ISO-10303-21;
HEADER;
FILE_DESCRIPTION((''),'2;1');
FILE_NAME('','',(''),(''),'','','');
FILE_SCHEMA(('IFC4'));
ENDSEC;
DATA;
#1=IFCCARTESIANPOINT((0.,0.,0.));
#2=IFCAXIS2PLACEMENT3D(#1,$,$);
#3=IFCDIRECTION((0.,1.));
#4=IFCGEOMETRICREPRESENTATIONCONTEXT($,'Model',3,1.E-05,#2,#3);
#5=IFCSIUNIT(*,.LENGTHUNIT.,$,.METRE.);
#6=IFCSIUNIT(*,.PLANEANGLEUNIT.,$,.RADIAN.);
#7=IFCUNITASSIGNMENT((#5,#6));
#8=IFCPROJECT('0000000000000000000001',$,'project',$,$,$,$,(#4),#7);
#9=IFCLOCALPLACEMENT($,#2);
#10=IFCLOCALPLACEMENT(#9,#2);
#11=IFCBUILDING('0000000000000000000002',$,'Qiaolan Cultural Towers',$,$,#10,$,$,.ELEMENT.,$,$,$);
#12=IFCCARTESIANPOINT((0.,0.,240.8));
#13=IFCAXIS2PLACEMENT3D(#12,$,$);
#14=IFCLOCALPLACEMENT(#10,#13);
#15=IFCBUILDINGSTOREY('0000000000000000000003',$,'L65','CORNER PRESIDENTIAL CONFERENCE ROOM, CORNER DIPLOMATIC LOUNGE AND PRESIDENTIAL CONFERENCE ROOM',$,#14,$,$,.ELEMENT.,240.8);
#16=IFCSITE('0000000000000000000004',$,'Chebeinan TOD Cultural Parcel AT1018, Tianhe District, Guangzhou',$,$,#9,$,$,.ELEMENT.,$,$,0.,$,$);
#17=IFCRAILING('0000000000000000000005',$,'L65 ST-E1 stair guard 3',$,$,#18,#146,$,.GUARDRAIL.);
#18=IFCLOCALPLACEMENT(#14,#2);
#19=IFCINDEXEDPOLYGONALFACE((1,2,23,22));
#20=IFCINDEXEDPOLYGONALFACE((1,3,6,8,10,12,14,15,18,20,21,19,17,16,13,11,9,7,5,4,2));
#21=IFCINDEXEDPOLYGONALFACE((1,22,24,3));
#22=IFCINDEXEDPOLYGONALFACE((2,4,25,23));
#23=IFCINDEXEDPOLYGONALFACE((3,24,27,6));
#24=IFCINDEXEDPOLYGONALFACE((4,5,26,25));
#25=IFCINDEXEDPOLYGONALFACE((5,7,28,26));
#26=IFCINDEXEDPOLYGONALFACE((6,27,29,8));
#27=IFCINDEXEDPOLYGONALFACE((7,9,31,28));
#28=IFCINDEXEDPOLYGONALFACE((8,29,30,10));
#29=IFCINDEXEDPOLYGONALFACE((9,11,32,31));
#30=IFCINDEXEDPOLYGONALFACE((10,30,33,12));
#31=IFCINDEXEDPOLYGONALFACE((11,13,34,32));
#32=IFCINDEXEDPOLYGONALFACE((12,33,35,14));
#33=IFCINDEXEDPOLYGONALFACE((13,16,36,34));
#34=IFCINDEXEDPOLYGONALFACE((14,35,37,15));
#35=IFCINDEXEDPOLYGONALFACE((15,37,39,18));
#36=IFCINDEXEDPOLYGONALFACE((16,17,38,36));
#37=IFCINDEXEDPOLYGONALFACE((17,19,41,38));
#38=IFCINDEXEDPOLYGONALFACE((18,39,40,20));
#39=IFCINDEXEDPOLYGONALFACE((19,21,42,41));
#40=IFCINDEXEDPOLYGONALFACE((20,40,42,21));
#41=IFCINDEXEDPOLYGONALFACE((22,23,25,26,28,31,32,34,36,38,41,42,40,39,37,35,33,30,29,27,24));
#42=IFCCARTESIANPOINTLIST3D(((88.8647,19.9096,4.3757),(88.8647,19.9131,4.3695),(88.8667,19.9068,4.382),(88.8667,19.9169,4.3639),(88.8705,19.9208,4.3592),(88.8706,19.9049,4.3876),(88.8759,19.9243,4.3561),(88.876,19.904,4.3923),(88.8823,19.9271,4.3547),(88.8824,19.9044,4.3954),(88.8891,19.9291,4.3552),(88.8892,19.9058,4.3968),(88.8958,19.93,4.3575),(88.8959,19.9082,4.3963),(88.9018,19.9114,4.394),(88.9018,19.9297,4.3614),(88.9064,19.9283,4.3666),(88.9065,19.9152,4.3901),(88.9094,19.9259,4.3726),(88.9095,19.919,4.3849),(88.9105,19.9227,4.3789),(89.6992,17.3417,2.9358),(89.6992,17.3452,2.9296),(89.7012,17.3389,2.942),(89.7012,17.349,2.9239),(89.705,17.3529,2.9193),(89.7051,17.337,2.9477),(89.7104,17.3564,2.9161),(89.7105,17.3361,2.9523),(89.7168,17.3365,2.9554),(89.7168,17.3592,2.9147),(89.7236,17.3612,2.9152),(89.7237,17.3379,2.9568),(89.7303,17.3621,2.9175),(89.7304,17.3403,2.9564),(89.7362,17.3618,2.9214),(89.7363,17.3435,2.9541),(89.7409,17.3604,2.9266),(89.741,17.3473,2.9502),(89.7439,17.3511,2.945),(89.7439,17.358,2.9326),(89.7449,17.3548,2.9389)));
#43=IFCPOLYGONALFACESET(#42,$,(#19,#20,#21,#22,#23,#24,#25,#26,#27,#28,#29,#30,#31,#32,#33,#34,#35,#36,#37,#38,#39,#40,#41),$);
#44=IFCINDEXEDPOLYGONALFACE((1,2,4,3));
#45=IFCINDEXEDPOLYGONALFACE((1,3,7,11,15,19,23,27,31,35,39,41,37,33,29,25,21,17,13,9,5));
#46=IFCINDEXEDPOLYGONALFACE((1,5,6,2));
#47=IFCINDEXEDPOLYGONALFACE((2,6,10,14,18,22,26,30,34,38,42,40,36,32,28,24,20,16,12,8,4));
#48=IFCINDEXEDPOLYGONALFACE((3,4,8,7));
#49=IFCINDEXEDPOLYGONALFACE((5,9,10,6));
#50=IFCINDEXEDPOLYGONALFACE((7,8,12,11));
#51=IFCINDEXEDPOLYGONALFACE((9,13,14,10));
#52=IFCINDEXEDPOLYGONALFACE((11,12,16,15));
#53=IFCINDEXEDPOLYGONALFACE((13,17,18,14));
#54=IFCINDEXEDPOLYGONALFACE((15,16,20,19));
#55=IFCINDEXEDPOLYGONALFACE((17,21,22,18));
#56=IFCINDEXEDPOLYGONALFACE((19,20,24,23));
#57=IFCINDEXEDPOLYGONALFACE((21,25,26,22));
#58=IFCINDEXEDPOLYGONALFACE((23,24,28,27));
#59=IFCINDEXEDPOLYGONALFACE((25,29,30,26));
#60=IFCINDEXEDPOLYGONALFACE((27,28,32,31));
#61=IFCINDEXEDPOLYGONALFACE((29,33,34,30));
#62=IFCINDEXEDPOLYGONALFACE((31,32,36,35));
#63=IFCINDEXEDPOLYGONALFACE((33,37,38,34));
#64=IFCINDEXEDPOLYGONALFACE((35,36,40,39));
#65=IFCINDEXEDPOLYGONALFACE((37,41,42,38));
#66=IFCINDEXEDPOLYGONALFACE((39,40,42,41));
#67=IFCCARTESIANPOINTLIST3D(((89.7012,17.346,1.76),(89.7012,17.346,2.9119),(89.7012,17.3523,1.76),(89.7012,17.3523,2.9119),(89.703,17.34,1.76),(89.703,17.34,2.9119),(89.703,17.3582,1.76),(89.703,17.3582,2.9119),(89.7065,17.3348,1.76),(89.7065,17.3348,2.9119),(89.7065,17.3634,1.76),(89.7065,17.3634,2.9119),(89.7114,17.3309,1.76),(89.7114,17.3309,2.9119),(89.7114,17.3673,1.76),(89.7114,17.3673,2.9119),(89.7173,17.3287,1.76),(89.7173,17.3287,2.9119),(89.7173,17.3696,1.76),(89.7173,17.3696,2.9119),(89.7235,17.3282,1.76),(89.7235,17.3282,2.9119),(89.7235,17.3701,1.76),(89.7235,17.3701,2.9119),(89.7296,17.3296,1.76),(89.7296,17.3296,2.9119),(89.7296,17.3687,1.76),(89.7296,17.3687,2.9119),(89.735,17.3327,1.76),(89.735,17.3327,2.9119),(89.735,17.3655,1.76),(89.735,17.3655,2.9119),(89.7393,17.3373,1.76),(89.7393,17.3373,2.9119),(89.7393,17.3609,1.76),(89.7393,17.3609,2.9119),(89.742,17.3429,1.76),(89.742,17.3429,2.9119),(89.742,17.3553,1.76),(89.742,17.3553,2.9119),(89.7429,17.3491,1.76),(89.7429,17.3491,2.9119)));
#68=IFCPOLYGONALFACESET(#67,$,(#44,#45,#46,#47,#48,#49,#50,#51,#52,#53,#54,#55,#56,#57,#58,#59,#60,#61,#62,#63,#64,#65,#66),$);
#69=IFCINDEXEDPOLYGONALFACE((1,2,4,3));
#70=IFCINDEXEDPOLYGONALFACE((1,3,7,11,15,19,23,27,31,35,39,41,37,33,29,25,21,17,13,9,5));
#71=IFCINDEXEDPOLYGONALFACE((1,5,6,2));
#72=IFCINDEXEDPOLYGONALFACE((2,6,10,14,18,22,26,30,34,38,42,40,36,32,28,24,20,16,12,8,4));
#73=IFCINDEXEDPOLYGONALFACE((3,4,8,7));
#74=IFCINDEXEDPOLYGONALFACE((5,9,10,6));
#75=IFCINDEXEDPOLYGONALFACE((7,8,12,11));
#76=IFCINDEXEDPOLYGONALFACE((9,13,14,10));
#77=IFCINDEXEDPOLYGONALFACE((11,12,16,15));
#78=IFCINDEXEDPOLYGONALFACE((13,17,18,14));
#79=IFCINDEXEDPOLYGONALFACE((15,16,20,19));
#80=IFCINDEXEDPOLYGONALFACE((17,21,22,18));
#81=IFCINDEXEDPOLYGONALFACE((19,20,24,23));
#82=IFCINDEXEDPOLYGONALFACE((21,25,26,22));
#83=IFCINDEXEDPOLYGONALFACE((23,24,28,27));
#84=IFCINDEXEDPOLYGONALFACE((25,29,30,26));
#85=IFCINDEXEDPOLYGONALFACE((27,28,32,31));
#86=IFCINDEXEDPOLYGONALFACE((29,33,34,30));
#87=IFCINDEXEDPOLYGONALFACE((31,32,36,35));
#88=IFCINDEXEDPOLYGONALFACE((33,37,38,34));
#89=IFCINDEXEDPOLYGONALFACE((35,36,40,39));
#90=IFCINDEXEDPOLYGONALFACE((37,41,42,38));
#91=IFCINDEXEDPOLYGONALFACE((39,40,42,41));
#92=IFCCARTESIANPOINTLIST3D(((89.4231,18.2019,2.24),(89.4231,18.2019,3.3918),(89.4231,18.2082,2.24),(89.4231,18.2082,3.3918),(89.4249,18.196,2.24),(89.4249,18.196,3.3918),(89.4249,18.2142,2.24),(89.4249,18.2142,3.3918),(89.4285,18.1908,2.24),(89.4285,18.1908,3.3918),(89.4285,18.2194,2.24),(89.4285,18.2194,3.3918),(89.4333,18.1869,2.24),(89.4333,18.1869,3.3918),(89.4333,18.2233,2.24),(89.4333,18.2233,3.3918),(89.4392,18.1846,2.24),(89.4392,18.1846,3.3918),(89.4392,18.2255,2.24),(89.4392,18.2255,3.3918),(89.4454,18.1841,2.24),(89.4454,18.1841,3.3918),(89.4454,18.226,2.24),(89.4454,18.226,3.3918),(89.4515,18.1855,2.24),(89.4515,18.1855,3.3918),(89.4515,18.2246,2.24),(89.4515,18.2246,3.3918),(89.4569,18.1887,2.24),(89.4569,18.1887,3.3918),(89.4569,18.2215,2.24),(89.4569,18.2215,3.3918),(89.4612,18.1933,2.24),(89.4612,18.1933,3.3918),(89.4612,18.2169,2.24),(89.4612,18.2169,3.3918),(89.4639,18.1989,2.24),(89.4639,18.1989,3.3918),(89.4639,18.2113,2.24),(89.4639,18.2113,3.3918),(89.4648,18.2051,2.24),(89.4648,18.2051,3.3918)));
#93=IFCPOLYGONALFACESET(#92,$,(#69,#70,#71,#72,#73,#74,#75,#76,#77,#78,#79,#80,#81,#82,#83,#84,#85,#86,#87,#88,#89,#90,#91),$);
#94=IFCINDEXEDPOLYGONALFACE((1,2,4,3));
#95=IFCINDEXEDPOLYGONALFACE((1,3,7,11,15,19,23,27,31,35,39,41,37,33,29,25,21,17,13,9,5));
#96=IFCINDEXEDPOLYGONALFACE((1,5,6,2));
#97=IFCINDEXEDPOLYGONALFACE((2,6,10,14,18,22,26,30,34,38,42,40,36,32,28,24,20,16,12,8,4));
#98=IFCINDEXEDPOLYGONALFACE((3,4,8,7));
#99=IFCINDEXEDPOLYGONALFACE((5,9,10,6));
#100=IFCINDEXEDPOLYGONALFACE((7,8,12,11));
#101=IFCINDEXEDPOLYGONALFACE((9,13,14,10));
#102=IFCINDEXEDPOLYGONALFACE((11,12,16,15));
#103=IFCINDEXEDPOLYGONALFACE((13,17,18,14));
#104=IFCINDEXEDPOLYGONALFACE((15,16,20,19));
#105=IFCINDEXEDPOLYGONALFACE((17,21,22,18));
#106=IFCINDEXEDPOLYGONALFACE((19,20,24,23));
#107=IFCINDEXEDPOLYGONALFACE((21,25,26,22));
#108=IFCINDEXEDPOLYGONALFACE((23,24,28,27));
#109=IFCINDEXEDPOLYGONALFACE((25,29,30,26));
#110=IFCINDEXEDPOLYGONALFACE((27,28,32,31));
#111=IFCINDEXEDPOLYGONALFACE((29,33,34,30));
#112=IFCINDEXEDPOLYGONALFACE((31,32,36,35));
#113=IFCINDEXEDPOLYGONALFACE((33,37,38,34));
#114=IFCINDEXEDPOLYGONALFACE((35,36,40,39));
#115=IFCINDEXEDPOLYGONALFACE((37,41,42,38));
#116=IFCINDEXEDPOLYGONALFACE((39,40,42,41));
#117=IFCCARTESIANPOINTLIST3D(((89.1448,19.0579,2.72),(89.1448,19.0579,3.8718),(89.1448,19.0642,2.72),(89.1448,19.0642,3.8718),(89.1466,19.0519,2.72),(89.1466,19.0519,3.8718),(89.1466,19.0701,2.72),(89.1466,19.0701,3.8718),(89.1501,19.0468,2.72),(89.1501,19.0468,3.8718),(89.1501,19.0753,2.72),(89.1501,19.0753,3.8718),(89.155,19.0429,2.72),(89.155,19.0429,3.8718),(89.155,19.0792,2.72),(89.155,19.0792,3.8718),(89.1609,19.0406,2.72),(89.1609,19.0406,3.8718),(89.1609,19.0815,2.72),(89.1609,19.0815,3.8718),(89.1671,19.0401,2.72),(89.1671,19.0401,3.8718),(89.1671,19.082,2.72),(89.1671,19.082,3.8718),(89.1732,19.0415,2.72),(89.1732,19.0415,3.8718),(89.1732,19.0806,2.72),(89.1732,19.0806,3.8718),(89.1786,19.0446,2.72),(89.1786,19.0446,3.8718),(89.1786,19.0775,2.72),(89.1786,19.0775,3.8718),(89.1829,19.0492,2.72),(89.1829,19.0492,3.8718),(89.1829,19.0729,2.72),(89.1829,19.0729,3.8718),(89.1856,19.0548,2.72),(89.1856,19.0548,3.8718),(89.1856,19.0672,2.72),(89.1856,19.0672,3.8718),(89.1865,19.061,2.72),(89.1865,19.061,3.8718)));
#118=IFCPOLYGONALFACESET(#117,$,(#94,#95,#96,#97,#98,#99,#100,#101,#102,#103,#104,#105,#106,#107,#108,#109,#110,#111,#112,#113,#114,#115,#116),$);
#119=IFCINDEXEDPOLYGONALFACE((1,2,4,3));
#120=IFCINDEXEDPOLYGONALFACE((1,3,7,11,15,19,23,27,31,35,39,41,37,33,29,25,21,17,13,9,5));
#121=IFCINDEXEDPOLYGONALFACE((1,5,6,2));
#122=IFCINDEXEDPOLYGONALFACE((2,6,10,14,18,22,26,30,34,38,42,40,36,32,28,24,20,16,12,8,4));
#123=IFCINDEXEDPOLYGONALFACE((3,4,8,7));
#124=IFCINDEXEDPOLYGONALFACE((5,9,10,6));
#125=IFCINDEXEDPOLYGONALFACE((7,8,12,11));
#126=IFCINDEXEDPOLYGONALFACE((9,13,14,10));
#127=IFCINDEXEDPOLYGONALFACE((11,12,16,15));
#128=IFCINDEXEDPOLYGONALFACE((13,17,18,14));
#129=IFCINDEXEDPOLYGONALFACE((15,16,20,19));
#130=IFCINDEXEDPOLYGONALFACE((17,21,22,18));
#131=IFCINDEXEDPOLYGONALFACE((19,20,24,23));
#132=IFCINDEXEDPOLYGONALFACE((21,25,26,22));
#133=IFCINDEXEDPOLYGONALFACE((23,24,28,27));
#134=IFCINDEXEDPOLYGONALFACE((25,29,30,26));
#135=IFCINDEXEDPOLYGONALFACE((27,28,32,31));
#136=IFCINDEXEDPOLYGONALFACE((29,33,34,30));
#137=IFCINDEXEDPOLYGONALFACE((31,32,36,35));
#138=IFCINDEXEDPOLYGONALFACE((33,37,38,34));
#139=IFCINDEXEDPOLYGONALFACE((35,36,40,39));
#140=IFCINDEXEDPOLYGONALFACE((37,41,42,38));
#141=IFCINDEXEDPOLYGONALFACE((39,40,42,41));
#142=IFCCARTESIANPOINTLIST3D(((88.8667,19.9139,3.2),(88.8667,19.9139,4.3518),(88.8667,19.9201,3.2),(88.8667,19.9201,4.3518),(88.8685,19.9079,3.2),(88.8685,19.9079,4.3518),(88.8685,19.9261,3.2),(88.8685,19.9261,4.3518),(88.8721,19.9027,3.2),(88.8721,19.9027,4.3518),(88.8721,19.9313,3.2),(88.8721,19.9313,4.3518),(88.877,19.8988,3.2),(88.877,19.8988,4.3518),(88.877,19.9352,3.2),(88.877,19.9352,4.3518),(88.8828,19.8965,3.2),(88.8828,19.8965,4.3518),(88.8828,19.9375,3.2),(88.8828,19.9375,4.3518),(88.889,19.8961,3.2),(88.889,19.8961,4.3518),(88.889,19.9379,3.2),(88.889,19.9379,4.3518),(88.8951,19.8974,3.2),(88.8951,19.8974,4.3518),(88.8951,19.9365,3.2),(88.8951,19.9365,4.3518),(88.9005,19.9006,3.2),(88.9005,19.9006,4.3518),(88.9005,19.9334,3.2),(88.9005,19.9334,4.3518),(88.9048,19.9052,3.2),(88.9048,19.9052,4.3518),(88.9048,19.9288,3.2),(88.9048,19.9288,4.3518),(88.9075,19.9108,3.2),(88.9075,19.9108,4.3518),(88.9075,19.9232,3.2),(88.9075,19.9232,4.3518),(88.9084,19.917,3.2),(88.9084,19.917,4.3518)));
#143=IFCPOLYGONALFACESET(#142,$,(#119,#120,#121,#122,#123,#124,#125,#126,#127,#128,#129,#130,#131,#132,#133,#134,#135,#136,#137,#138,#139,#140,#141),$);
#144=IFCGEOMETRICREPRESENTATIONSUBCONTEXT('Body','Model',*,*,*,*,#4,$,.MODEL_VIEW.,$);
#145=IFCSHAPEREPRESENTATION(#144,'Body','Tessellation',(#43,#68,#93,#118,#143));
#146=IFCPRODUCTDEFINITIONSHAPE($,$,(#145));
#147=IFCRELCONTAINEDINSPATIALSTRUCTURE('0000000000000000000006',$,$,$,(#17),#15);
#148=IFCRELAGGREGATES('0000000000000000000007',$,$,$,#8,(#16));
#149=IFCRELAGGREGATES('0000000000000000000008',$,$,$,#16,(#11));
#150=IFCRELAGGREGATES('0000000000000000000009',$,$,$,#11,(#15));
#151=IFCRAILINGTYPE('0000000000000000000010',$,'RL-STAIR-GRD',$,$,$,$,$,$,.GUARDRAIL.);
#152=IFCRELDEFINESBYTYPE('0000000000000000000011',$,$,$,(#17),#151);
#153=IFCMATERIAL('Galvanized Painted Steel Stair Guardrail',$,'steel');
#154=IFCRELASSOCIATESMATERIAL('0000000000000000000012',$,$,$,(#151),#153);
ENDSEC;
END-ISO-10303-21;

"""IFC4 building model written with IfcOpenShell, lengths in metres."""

from ifc_helpers import new_model, si_unit, direction, frame, origin, origin_2d, place, context, subcontext, project, spatial, circle, extrude, material, type_object, element, save


model = new_model("IFC4")

# Units and contexts
model_context = context("Model", 3, precision=1e-05, world=origin(), true_north=direction((0.0, 1.0)))
body_context = subcontext(model_context, "Body", "Model", "MODEL_VIEW")
ifc_project = project(units=[si_unit("LENGTHUNIT", "METRE"), si_unit("PLANEANGLEUNIT", "RADIAN")], contexts=[model_context])

# Site, building, storey
site_placement = place(None, origin())
site = spatial("IfcSite", under=ifc_project, at=site_placement, Name="Chebeinan TOD Cultural Parcel AT1018, Tianhe District, Guangzhou", CompositionType="ELEMENT", RefElevation=0.0)
building_placement = place(site_placement, origin())
building = spatial("IfcBuilding", under=site, at=building_placement, Name="Qiaolan Cultural Towers", CompositionType="ELEMENT")
storey_placement = place(building_placement, frame((0.0, 0.0, 240.8)))
storey = spatial("IfcBuildingStorey", under=building, at=storey_placement, Name="L65", Description="CORNER PRESIDENTIAL CONFERENCE ROOM, CORNER DIPLOMATIC LOUNGE AND PRESIDENTIAL CONFERENCE ROOM", CompositionType="ELEMENT", Elevation=240.8)

# Railing
ifc_material_1 = material(Name="Galvanized Painted Steel Stair Guardrail", Category="steel")
railing_type = type_object("IfcRailingType", Name="RL-STAIR-GRD", PredefinedType="GUARDRAIL", material=ifc_material_1)
railing_1_placement = place(storey_placement, frame((89.7219, 17.3491, 1.76)))
element("IfcRailing", 1, at=railing_1_placement, inside=storey, type_object=railing_type, Name="L65 ST-E1 stair guard 3", PredefinedType="GUARDRAIL", context=body_context, shape_type="SweptSolid", body=[
    extrude(circle(Radius=0.0239, at=origin_2d()), frame((0.0, 0.0, 1.1758), z_axis=(-0.272701, 0.839167, 0.470566), x_axis=(-0.951043, -0.309057, 0.0)), (0.0, 0.0, 1.0), 3.0601),
    extrude(circle(Radius=0.021, at=origin_2d()), origin(), (0.0, 0.0, 1.0), 1.1519),
    extrude(circle(Radius=0.021, at=origin_2d()), frame((-0.2781, 0.856, 0.48)), (0.0, 0.0, 1.0), 1.1519),
    extrude(circle(Radius=0.021, at=origin_2d()), frame((-0.5564, 1.7119, 0.96)), (0.0, 0.0, 1.0), 1.1519),
    extrude(circle(Radius=0.021, at=origin_2d()), frame((-0.8345, 2.5679, 1.4399)), (0.0, 0.0, 1.0), 1.1519),
])

save(model, "model.ifc")
